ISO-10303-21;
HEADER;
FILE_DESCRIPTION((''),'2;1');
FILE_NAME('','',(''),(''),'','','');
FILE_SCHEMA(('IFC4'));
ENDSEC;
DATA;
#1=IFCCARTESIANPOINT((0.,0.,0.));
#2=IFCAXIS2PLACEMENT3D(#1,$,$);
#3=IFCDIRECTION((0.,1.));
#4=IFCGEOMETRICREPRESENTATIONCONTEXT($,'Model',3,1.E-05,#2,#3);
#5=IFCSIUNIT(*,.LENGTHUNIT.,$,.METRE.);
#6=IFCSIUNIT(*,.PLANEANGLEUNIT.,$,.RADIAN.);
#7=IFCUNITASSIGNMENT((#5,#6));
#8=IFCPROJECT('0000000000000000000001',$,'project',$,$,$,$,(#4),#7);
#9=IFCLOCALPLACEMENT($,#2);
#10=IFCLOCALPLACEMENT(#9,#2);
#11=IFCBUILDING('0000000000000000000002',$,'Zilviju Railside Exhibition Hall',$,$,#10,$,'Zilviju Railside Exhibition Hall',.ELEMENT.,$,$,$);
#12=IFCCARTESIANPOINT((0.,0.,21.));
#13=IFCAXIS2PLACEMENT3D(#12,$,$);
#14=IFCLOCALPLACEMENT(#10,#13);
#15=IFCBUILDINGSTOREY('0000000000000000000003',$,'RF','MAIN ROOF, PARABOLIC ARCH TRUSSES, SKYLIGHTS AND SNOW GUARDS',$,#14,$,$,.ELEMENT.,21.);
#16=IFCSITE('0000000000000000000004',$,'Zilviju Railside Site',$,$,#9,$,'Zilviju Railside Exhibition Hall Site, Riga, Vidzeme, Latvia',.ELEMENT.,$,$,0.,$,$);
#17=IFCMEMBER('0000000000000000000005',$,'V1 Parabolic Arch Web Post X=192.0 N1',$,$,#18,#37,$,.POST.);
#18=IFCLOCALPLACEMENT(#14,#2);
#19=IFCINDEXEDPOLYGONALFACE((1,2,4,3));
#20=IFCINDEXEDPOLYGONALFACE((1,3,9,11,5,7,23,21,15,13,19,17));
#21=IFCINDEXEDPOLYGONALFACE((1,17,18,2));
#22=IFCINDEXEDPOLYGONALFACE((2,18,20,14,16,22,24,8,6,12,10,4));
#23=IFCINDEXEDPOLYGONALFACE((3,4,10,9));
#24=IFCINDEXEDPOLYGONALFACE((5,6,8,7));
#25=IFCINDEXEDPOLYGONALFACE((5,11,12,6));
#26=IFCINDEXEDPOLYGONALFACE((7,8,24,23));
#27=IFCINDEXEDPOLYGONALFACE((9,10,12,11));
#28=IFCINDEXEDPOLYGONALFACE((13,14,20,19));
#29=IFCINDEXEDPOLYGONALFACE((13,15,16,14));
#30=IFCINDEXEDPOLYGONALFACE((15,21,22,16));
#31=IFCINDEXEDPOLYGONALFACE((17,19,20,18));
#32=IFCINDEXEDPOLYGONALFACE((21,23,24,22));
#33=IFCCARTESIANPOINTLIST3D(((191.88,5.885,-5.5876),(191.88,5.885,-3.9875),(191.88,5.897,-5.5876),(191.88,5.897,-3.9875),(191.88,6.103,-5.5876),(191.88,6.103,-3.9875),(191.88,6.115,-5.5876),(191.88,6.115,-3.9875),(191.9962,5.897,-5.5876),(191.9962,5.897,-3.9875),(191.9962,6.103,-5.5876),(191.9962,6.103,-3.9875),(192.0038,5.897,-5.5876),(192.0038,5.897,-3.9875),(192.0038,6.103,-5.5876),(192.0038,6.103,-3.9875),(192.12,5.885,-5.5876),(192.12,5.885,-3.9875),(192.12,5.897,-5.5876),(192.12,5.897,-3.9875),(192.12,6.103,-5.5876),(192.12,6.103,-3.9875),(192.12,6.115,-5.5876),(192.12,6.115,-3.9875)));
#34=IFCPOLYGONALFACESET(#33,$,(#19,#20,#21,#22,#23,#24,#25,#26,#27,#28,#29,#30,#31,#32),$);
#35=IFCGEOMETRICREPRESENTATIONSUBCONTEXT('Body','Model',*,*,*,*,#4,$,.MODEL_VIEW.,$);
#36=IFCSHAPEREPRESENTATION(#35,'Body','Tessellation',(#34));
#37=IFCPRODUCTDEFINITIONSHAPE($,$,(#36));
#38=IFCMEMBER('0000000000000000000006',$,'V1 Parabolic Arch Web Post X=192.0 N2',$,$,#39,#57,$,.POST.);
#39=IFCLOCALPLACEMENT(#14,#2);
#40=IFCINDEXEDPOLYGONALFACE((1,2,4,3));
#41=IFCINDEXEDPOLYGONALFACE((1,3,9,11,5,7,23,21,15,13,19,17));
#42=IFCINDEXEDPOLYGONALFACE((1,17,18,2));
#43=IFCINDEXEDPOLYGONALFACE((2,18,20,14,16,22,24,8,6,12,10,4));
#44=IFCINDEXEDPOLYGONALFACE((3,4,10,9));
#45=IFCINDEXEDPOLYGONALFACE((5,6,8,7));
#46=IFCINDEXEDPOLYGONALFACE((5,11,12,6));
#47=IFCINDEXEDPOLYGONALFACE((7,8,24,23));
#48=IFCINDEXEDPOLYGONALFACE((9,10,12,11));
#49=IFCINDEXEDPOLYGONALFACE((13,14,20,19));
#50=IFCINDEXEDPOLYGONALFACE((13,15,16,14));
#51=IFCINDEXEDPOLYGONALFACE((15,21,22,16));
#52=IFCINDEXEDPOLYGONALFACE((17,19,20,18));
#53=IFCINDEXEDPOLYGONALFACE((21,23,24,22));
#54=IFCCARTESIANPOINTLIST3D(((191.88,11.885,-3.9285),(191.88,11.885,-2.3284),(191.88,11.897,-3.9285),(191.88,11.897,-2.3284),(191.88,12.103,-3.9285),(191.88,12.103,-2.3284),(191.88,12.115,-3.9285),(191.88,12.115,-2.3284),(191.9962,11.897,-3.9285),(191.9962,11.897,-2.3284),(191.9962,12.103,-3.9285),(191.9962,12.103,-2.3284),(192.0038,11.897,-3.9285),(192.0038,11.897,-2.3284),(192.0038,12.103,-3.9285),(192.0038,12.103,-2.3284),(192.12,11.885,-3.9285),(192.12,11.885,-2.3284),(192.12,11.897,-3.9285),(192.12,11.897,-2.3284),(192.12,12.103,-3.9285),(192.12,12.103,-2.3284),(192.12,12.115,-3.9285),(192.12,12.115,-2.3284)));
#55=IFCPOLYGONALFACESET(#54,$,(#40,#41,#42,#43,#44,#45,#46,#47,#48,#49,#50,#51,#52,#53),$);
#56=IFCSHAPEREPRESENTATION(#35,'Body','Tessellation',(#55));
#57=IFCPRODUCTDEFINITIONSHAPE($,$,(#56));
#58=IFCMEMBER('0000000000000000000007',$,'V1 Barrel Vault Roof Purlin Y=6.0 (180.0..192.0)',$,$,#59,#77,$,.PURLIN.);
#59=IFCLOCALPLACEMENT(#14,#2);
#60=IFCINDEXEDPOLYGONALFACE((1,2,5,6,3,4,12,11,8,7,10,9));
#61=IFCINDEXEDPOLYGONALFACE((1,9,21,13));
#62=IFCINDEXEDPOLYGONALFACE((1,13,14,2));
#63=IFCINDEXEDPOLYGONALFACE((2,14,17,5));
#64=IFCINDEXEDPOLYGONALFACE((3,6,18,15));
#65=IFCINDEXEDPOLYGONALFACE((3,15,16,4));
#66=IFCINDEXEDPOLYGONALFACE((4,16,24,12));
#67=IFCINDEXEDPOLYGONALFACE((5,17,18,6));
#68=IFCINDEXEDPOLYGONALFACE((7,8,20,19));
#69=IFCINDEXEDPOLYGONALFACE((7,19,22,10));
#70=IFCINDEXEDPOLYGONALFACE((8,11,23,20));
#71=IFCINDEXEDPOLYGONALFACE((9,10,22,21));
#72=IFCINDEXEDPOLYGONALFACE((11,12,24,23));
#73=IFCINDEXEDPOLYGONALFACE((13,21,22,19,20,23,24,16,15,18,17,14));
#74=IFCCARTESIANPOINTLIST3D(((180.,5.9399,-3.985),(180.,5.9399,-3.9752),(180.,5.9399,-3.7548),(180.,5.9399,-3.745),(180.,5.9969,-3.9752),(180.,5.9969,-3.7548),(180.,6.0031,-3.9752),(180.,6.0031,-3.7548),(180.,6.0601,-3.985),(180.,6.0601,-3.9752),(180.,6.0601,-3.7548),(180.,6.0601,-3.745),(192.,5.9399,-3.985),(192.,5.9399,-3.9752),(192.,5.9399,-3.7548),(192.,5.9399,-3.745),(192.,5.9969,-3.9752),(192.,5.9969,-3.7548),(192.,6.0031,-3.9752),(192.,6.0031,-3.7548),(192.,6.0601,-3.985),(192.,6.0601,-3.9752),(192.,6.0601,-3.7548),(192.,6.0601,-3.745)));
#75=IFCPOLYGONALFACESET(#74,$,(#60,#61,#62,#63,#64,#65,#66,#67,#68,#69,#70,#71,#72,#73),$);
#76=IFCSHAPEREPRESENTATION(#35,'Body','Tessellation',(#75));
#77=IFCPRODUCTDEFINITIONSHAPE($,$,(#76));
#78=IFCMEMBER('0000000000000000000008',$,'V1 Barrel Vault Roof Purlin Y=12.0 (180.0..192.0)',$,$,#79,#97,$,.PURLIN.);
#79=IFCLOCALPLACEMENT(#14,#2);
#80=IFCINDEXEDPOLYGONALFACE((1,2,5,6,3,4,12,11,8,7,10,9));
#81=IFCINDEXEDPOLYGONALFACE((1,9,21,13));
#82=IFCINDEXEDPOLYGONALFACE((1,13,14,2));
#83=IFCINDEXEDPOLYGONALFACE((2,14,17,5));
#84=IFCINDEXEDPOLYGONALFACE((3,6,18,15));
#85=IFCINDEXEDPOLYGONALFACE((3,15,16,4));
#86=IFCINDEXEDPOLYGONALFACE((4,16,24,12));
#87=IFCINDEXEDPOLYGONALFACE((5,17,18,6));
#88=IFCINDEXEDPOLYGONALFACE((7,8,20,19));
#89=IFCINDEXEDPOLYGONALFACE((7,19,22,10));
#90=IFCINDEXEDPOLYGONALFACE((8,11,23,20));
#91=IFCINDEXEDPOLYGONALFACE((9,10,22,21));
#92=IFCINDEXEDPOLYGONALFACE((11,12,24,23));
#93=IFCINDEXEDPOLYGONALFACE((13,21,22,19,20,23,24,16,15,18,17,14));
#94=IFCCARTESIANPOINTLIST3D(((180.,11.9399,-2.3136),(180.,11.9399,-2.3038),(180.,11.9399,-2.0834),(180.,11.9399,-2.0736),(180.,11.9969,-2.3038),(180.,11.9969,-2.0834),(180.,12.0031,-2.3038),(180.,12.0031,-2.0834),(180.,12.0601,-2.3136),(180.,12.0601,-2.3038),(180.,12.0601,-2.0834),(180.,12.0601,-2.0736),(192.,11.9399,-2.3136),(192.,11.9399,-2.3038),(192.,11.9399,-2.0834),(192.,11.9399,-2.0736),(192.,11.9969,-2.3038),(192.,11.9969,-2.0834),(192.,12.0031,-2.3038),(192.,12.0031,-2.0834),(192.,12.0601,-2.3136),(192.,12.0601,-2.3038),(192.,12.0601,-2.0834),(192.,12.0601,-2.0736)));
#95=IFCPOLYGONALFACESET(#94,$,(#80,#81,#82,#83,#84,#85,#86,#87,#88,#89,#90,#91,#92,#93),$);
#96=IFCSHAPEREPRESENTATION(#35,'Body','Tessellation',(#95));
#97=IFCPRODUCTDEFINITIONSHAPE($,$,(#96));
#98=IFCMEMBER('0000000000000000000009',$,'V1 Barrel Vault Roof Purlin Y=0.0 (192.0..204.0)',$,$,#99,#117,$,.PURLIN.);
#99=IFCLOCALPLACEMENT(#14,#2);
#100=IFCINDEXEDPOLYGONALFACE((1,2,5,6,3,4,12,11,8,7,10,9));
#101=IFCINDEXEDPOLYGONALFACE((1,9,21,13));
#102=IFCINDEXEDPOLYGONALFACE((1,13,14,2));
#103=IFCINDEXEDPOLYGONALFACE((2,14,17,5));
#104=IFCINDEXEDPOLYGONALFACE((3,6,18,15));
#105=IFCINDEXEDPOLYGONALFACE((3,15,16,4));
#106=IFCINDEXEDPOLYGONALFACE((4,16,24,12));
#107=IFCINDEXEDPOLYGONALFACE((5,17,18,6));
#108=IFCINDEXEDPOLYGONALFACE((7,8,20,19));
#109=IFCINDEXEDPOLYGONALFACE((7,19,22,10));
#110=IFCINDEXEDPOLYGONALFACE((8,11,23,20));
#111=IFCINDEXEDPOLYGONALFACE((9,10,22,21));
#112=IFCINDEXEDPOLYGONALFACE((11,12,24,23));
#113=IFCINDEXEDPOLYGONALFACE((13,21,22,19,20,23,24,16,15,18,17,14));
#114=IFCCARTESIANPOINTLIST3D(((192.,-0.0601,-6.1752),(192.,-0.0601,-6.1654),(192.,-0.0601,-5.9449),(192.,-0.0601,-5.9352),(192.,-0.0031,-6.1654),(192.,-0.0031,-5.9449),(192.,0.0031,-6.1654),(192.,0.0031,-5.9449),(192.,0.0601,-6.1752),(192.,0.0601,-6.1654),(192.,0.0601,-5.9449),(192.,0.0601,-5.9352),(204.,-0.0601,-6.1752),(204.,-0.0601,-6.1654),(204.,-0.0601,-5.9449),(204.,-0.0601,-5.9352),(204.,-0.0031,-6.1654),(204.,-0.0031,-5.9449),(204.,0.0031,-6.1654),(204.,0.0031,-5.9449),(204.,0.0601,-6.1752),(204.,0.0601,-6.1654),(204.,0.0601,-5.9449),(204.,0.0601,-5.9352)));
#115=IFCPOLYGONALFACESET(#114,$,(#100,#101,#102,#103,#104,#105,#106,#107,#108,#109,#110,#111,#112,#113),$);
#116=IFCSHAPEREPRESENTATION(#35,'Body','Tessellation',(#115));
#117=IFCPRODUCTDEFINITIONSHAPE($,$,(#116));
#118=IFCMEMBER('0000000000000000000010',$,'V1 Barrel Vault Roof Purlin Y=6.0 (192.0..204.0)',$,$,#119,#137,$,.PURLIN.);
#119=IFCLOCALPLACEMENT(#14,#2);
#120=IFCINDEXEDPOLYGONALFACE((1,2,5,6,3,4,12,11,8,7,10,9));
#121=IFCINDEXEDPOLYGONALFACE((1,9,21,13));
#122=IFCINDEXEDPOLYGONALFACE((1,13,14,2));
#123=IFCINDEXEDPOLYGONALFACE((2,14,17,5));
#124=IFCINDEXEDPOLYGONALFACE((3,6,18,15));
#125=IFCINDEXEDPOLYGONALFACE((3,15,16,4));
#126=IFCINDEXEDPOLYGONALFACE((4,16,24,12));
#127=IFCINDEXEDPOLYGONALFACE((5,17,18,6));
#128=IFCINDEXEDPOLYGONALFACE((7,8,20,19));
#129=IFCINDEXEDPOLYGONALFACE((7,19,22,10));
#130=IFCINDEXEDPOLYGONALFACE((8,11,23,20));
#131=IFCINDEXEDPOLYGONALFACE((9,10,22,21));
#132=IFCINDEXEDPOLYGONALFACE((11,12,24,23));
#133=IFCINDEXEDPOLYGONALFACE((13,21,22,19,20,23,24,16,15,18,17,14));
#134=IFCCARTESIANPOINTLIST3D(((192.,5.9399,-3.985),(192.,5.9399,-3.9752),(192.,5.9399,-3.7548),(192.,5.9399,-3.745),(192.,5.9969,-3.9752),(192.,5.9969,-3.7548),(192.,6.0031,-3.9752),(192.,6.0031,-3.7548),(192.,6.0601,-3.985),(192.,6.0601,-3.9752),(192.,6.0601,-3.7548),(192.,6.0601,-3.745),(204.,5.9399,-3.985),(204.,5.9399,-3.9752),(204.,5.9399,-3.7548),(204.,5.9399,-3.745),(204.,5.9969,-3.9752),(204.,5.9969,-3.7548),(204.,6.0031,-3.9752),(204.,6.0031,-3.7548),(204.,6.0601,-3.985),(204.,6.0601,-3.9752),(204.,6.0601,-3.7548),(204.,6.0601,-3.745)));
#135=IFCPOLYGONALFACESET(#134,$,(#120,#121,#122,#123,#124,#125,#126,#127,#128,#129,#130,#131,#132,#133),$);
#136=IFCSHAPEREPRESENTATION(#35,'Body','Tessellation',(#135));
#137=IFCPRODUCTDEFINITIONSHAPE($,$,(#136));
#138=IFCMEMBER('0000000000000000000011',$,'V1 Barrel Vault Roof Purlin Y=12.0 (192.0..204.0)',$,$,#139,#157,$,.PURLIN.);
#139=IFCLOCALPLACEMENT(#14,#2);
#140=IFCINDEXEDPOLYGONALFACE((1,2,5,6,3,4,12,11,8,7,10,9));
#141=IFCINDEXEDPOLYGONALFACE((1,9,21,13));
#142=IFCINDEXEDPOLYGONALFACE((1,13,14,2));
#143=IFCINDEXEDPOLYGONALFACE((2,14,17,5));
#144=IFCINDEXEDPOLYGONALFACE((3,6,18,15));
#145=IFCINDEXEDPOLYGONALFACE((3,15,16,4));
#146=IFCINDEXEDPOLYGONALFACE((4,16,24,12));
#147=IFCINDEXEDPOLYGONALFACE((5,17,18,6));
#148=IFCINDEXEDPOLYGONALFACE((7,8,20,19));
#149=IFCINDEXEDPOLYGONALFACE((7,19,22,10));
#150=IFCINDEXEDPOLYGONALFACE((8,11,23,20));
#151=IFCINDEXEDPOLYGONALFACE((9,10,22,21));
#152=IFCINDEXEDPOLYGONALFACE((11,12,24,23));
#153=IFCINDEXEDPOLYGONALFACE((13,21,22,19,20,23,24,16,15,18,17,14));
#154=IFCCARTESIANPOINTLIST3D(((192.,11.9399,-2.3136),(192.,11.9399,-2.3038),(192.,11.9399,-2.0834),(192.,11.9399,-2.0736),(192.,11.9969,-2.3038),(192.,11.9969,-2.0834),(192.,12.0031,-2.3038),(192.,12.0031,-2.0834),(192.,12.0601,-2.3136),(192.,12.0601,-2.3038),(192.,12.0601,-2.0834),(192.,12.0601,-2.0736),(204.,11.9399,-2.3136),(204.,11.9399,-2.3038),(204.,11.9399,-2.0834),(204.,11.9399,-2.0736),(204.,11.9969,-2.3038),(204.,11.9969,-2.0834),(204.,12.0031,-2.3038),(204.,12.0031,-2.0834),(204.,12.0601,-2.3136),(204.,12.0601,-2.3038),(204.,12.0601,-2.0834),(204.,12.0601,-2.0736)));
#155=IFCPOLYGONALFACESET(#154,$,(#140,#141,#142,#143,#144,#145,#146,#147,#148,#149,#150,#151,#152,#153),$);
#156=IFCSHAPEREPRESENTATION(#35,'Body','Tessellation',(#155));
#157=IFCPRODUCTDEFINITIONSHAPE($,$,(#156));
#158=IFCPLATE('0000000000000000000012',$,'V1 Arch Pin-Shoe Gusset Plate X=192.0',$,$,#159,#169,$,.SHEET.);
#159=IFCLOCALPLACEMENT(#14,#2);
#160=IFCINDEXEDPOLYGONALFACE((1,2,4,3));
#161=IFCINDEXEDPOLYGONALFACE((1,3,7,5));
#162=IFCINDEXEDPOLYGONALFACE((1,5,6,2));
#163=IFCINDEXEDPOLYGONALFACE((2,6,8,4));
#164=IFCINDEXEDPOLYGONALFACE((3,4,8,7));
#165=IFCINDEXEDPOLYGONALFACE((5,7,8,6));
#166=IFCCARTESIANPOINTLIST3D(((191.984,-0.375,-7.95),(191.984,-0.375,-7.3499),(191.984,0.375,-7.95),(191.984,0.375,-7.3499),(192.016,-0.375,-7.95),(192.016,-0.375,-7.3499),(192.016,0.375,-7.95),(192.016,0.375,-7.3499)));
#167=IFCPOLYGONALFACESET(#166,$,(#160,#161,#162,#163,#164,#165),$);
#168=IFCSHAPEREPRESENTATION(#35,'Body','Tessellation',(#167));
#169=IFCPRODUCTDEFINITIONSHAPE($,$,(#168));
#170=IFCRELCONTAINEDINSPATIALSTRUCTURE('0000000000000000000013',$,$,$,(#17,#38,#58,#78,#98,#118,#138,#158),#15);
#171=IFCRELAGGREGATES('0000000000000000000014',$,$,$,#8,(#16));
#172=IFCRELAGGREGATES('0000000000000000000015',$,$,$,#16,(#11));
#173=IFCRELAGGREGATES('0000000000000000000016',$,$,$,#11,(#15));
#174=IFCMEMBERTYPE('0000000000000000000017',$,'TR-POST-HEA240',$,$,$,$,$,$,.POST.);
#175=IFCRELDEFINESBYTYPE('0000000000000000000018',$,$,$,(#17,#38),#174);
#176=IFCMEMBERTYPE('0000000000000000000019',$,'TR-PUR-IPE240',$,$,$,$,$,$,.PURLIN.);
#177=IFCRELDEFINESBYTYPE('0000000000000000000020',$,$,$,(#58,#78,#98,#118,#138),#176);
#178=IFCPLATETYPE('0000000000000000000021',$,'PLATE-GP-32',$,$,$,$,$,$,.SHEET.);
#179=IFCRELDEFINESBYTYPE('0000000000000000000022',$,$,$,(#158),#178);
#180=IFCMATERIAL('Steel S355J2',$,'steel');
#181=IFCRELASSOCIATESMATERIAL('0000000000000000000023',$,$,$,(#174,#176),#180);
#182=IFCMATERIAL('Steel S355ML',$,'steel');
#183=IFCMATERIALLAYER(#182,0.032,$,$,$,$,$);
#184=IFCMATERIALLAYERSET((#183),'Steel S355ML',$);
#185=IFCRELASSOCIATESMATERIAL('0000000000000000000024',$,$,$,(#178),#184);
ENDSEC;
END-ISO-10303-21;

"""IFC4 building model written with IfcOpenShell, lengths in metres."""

from ifc_helpers import new_model, si_unit, direction, frame, origin, origin_2d, place, context, subcontext, project, spatial, rectangle, i_section, extrude, material, layer, layer_set, material_profile, profile_set, type_object, element, save


model = new_model("IFC4")

# Units and contexts
model_context = context("Model", 3, precision=1e-05, world=origin(), true_north=direction((0.0, 1.0)))
body_context = subcontext(model_context, "Body", "Model", "MODEL_VIEW")
ifc_project = project(units=[si_unit("LENGTHUNIT", "METRE"), si_unit("PLANEANGLEUNIT", "RADIAN")], contexts=[model_context])

# Site, building, storey
site_placement = place(None, origin())
site = spatial("IfcSite", under=ifc_project, at=site_placement, Name="Zilviju Railside Site", LongName="Zilviju Railside Exhibition Hall Site, Riga, Vidzeme, Latvia", CompositionType="ELEMENT", RefElevation=0.0)
building_placement = place(site_placement, origin())
building = spatial("IfcBuilding", under=site, at=building_placement, Name="Zilviju Railside Exhibition Hall", LongName="Zilviju Railside Exhibition Hall", CompositionType="ELEMENT")
storey_placement = place(building_placement, frame((0.0, 0.0, 21.0)))
storey = spatial("IfcBuildingStorey", under=building, at=storey_placement, Name="RF", Description="MAIN ROOF, PARABOLIC ARCH TRUSSES, SKYLIGHTS AND SNOW GUARDS", CompositionType="ELEMENT", Elevation=21.0)

# Members
ifc_material_1 = material(Name="Steel S355J2", Category="steel")
ifc_material_profile_1 = material_profile(ifc_material_1, i_section(OverallWidth=0.24, OverallDepth=0.23, WebThickness=0.0076, FlangeThickness=0.012, at=origin_2d()), Name="HEA 240")
ifc_profile_set_1 = profile_set([ifc_material_profile_1], Name="Steel S355J2")
member_type_1 = type_object("IfcMemberType", Name="TR-POST-HEA240", PredefinedType="POST", material=ifc_profile_set_1)
for number, where, z_axis, x_axis, name in (
    (1, (192.0, 6.0, -5.5876), (0.0, 0.0, 1.0), (1.0, 0.0, 0.0), "V1 Parabolic Arch Web Post X=192.0 N1"),
    (2, (192.0, 12.0, -3.9285), (0.0, 0.0, 1.0), (1.0, 0.0, 0.0), "V1 Parabolic Arch Web Post X=192.0 N2"),
):
    element("IfcMember", number, at=place(storey_placement, frame(where, z_axis=z_axis, x_axis=x_axis)), inside=storey, type_object=member_type_1, Name=name, PredefinedType="POST", context=body_context, shape_type="SweptSolid", body=[
        extrude(i_section(OverallWidth=0.24, OverallDepth=0.23, WebThickness=0.0076, FlangeThickness=0.012, at=origin_2d()), origin(), (0.0, 0.0, 1.0), 1.6001),
    ])
ifc_material_profile_2 = material_profile(ifc_material_1, i_section(OverallWidth=0.1201, OverallDepth=0.24, WebThickness=0.0061, FlangeThickness=0.0098, at=origin_2d()), Name="IPE 240")
ifc_profile_set_2 = profile_set([ifc_material_profile_2], Name="Steel S355J2")
member_type_2 = type_object("IfcMemberType", Name="TR-PUR-IPE240", PredefinedType="PURLIN", material=ifc_profile_set_2)
for number, where, z_axis, x_axis, name in (
    (3, (180.0, 6.0, -3.865), (1.0, 0.0, 0.0), (0.0, 1.0, 0.0), "V1 Barrel Vault Roof Purlin Y=6.0 (180.0..192.0)"),
    (4, (180.0, 12.0, -2.1936), (1.0, 0.0, 0.0), (0.0, 1.0, 0.0), "V1 Barrel Vault Roof Purlin Y=12.0 (180.0..192.0)"),
    (5, (192.0, 0.0, -6.0552), (1.0, 0.0, 0.0), (0.0, 1.0, 0.0), "V1 Barrel Vault Roof Purlin Y=0.0 (192.0..204.0)"),
    (6, (192.0, 6.0, -3.865), (1.0, 0.0, 0.0), (0.0, 1.0, 0.0), "V1 Barrel Vault Roof Purlin Y=6.0 (192.0..204.0)"),
    (7, (192.0, 12.0, -2.1936), (1.0, 0.0, 0.0), (0.0, 1.0, 0.0), "V1 Barrel Vault Roof Purlin Y=12.0 (192.0..204.0)"),
):
    element("IfcMember", number, at=place(storey_placement, frame(where, z_axis=z_axis, x_axis=x_axis)), inside=storey, type_object=member_type_2, Name=name, PredefinedType="PURLIN", context=body_context, shape_type="SweptSolid", body=[
        extrude(i_section(OverallWidth=0.1201, OverallDepth=0.24, WebThickness=0.0061, FlangeThickness=0.0098, at=origin_2d()), origin(), (0.0, 0.0, 1.0), 12.0),
    ])

# Plate
ifc_material_2 = material(Name="Steel S355ML", Category="steel")
ifc_layer = layer(ifc_material_2, 0.032)
ifc_layer_set = layer_set([ifc_layer], Name="Steel S355ML")
plate_type = type_object("IfcPlateType", Name="PLATE-GP-32", PredefinedType="SHEET", material=ifc_layer_set)
plate_placement = place(storey_placement, frame((192.0, 0.0, -7.95), z_axis=(0.0, 0.0, 1.0), x_axis=(1.0, 0.0, 0.0)))
element("IfcPlate", 8, at=plate_placement, inside=storey, type_object=plate_type, Name="V1 Arch Pin-Shoe Gusset Plate X=192.0", PredefinedType="SHEET", context=body_context, shape_type="SweptSolid", body=[
    extrude(rectangle(XDim=0.032, YDim=0.75, at=origin_2d()), origin(), (0.0, 0.0, 1.0), 0.6001),
])

save(model, "model.ifc")
